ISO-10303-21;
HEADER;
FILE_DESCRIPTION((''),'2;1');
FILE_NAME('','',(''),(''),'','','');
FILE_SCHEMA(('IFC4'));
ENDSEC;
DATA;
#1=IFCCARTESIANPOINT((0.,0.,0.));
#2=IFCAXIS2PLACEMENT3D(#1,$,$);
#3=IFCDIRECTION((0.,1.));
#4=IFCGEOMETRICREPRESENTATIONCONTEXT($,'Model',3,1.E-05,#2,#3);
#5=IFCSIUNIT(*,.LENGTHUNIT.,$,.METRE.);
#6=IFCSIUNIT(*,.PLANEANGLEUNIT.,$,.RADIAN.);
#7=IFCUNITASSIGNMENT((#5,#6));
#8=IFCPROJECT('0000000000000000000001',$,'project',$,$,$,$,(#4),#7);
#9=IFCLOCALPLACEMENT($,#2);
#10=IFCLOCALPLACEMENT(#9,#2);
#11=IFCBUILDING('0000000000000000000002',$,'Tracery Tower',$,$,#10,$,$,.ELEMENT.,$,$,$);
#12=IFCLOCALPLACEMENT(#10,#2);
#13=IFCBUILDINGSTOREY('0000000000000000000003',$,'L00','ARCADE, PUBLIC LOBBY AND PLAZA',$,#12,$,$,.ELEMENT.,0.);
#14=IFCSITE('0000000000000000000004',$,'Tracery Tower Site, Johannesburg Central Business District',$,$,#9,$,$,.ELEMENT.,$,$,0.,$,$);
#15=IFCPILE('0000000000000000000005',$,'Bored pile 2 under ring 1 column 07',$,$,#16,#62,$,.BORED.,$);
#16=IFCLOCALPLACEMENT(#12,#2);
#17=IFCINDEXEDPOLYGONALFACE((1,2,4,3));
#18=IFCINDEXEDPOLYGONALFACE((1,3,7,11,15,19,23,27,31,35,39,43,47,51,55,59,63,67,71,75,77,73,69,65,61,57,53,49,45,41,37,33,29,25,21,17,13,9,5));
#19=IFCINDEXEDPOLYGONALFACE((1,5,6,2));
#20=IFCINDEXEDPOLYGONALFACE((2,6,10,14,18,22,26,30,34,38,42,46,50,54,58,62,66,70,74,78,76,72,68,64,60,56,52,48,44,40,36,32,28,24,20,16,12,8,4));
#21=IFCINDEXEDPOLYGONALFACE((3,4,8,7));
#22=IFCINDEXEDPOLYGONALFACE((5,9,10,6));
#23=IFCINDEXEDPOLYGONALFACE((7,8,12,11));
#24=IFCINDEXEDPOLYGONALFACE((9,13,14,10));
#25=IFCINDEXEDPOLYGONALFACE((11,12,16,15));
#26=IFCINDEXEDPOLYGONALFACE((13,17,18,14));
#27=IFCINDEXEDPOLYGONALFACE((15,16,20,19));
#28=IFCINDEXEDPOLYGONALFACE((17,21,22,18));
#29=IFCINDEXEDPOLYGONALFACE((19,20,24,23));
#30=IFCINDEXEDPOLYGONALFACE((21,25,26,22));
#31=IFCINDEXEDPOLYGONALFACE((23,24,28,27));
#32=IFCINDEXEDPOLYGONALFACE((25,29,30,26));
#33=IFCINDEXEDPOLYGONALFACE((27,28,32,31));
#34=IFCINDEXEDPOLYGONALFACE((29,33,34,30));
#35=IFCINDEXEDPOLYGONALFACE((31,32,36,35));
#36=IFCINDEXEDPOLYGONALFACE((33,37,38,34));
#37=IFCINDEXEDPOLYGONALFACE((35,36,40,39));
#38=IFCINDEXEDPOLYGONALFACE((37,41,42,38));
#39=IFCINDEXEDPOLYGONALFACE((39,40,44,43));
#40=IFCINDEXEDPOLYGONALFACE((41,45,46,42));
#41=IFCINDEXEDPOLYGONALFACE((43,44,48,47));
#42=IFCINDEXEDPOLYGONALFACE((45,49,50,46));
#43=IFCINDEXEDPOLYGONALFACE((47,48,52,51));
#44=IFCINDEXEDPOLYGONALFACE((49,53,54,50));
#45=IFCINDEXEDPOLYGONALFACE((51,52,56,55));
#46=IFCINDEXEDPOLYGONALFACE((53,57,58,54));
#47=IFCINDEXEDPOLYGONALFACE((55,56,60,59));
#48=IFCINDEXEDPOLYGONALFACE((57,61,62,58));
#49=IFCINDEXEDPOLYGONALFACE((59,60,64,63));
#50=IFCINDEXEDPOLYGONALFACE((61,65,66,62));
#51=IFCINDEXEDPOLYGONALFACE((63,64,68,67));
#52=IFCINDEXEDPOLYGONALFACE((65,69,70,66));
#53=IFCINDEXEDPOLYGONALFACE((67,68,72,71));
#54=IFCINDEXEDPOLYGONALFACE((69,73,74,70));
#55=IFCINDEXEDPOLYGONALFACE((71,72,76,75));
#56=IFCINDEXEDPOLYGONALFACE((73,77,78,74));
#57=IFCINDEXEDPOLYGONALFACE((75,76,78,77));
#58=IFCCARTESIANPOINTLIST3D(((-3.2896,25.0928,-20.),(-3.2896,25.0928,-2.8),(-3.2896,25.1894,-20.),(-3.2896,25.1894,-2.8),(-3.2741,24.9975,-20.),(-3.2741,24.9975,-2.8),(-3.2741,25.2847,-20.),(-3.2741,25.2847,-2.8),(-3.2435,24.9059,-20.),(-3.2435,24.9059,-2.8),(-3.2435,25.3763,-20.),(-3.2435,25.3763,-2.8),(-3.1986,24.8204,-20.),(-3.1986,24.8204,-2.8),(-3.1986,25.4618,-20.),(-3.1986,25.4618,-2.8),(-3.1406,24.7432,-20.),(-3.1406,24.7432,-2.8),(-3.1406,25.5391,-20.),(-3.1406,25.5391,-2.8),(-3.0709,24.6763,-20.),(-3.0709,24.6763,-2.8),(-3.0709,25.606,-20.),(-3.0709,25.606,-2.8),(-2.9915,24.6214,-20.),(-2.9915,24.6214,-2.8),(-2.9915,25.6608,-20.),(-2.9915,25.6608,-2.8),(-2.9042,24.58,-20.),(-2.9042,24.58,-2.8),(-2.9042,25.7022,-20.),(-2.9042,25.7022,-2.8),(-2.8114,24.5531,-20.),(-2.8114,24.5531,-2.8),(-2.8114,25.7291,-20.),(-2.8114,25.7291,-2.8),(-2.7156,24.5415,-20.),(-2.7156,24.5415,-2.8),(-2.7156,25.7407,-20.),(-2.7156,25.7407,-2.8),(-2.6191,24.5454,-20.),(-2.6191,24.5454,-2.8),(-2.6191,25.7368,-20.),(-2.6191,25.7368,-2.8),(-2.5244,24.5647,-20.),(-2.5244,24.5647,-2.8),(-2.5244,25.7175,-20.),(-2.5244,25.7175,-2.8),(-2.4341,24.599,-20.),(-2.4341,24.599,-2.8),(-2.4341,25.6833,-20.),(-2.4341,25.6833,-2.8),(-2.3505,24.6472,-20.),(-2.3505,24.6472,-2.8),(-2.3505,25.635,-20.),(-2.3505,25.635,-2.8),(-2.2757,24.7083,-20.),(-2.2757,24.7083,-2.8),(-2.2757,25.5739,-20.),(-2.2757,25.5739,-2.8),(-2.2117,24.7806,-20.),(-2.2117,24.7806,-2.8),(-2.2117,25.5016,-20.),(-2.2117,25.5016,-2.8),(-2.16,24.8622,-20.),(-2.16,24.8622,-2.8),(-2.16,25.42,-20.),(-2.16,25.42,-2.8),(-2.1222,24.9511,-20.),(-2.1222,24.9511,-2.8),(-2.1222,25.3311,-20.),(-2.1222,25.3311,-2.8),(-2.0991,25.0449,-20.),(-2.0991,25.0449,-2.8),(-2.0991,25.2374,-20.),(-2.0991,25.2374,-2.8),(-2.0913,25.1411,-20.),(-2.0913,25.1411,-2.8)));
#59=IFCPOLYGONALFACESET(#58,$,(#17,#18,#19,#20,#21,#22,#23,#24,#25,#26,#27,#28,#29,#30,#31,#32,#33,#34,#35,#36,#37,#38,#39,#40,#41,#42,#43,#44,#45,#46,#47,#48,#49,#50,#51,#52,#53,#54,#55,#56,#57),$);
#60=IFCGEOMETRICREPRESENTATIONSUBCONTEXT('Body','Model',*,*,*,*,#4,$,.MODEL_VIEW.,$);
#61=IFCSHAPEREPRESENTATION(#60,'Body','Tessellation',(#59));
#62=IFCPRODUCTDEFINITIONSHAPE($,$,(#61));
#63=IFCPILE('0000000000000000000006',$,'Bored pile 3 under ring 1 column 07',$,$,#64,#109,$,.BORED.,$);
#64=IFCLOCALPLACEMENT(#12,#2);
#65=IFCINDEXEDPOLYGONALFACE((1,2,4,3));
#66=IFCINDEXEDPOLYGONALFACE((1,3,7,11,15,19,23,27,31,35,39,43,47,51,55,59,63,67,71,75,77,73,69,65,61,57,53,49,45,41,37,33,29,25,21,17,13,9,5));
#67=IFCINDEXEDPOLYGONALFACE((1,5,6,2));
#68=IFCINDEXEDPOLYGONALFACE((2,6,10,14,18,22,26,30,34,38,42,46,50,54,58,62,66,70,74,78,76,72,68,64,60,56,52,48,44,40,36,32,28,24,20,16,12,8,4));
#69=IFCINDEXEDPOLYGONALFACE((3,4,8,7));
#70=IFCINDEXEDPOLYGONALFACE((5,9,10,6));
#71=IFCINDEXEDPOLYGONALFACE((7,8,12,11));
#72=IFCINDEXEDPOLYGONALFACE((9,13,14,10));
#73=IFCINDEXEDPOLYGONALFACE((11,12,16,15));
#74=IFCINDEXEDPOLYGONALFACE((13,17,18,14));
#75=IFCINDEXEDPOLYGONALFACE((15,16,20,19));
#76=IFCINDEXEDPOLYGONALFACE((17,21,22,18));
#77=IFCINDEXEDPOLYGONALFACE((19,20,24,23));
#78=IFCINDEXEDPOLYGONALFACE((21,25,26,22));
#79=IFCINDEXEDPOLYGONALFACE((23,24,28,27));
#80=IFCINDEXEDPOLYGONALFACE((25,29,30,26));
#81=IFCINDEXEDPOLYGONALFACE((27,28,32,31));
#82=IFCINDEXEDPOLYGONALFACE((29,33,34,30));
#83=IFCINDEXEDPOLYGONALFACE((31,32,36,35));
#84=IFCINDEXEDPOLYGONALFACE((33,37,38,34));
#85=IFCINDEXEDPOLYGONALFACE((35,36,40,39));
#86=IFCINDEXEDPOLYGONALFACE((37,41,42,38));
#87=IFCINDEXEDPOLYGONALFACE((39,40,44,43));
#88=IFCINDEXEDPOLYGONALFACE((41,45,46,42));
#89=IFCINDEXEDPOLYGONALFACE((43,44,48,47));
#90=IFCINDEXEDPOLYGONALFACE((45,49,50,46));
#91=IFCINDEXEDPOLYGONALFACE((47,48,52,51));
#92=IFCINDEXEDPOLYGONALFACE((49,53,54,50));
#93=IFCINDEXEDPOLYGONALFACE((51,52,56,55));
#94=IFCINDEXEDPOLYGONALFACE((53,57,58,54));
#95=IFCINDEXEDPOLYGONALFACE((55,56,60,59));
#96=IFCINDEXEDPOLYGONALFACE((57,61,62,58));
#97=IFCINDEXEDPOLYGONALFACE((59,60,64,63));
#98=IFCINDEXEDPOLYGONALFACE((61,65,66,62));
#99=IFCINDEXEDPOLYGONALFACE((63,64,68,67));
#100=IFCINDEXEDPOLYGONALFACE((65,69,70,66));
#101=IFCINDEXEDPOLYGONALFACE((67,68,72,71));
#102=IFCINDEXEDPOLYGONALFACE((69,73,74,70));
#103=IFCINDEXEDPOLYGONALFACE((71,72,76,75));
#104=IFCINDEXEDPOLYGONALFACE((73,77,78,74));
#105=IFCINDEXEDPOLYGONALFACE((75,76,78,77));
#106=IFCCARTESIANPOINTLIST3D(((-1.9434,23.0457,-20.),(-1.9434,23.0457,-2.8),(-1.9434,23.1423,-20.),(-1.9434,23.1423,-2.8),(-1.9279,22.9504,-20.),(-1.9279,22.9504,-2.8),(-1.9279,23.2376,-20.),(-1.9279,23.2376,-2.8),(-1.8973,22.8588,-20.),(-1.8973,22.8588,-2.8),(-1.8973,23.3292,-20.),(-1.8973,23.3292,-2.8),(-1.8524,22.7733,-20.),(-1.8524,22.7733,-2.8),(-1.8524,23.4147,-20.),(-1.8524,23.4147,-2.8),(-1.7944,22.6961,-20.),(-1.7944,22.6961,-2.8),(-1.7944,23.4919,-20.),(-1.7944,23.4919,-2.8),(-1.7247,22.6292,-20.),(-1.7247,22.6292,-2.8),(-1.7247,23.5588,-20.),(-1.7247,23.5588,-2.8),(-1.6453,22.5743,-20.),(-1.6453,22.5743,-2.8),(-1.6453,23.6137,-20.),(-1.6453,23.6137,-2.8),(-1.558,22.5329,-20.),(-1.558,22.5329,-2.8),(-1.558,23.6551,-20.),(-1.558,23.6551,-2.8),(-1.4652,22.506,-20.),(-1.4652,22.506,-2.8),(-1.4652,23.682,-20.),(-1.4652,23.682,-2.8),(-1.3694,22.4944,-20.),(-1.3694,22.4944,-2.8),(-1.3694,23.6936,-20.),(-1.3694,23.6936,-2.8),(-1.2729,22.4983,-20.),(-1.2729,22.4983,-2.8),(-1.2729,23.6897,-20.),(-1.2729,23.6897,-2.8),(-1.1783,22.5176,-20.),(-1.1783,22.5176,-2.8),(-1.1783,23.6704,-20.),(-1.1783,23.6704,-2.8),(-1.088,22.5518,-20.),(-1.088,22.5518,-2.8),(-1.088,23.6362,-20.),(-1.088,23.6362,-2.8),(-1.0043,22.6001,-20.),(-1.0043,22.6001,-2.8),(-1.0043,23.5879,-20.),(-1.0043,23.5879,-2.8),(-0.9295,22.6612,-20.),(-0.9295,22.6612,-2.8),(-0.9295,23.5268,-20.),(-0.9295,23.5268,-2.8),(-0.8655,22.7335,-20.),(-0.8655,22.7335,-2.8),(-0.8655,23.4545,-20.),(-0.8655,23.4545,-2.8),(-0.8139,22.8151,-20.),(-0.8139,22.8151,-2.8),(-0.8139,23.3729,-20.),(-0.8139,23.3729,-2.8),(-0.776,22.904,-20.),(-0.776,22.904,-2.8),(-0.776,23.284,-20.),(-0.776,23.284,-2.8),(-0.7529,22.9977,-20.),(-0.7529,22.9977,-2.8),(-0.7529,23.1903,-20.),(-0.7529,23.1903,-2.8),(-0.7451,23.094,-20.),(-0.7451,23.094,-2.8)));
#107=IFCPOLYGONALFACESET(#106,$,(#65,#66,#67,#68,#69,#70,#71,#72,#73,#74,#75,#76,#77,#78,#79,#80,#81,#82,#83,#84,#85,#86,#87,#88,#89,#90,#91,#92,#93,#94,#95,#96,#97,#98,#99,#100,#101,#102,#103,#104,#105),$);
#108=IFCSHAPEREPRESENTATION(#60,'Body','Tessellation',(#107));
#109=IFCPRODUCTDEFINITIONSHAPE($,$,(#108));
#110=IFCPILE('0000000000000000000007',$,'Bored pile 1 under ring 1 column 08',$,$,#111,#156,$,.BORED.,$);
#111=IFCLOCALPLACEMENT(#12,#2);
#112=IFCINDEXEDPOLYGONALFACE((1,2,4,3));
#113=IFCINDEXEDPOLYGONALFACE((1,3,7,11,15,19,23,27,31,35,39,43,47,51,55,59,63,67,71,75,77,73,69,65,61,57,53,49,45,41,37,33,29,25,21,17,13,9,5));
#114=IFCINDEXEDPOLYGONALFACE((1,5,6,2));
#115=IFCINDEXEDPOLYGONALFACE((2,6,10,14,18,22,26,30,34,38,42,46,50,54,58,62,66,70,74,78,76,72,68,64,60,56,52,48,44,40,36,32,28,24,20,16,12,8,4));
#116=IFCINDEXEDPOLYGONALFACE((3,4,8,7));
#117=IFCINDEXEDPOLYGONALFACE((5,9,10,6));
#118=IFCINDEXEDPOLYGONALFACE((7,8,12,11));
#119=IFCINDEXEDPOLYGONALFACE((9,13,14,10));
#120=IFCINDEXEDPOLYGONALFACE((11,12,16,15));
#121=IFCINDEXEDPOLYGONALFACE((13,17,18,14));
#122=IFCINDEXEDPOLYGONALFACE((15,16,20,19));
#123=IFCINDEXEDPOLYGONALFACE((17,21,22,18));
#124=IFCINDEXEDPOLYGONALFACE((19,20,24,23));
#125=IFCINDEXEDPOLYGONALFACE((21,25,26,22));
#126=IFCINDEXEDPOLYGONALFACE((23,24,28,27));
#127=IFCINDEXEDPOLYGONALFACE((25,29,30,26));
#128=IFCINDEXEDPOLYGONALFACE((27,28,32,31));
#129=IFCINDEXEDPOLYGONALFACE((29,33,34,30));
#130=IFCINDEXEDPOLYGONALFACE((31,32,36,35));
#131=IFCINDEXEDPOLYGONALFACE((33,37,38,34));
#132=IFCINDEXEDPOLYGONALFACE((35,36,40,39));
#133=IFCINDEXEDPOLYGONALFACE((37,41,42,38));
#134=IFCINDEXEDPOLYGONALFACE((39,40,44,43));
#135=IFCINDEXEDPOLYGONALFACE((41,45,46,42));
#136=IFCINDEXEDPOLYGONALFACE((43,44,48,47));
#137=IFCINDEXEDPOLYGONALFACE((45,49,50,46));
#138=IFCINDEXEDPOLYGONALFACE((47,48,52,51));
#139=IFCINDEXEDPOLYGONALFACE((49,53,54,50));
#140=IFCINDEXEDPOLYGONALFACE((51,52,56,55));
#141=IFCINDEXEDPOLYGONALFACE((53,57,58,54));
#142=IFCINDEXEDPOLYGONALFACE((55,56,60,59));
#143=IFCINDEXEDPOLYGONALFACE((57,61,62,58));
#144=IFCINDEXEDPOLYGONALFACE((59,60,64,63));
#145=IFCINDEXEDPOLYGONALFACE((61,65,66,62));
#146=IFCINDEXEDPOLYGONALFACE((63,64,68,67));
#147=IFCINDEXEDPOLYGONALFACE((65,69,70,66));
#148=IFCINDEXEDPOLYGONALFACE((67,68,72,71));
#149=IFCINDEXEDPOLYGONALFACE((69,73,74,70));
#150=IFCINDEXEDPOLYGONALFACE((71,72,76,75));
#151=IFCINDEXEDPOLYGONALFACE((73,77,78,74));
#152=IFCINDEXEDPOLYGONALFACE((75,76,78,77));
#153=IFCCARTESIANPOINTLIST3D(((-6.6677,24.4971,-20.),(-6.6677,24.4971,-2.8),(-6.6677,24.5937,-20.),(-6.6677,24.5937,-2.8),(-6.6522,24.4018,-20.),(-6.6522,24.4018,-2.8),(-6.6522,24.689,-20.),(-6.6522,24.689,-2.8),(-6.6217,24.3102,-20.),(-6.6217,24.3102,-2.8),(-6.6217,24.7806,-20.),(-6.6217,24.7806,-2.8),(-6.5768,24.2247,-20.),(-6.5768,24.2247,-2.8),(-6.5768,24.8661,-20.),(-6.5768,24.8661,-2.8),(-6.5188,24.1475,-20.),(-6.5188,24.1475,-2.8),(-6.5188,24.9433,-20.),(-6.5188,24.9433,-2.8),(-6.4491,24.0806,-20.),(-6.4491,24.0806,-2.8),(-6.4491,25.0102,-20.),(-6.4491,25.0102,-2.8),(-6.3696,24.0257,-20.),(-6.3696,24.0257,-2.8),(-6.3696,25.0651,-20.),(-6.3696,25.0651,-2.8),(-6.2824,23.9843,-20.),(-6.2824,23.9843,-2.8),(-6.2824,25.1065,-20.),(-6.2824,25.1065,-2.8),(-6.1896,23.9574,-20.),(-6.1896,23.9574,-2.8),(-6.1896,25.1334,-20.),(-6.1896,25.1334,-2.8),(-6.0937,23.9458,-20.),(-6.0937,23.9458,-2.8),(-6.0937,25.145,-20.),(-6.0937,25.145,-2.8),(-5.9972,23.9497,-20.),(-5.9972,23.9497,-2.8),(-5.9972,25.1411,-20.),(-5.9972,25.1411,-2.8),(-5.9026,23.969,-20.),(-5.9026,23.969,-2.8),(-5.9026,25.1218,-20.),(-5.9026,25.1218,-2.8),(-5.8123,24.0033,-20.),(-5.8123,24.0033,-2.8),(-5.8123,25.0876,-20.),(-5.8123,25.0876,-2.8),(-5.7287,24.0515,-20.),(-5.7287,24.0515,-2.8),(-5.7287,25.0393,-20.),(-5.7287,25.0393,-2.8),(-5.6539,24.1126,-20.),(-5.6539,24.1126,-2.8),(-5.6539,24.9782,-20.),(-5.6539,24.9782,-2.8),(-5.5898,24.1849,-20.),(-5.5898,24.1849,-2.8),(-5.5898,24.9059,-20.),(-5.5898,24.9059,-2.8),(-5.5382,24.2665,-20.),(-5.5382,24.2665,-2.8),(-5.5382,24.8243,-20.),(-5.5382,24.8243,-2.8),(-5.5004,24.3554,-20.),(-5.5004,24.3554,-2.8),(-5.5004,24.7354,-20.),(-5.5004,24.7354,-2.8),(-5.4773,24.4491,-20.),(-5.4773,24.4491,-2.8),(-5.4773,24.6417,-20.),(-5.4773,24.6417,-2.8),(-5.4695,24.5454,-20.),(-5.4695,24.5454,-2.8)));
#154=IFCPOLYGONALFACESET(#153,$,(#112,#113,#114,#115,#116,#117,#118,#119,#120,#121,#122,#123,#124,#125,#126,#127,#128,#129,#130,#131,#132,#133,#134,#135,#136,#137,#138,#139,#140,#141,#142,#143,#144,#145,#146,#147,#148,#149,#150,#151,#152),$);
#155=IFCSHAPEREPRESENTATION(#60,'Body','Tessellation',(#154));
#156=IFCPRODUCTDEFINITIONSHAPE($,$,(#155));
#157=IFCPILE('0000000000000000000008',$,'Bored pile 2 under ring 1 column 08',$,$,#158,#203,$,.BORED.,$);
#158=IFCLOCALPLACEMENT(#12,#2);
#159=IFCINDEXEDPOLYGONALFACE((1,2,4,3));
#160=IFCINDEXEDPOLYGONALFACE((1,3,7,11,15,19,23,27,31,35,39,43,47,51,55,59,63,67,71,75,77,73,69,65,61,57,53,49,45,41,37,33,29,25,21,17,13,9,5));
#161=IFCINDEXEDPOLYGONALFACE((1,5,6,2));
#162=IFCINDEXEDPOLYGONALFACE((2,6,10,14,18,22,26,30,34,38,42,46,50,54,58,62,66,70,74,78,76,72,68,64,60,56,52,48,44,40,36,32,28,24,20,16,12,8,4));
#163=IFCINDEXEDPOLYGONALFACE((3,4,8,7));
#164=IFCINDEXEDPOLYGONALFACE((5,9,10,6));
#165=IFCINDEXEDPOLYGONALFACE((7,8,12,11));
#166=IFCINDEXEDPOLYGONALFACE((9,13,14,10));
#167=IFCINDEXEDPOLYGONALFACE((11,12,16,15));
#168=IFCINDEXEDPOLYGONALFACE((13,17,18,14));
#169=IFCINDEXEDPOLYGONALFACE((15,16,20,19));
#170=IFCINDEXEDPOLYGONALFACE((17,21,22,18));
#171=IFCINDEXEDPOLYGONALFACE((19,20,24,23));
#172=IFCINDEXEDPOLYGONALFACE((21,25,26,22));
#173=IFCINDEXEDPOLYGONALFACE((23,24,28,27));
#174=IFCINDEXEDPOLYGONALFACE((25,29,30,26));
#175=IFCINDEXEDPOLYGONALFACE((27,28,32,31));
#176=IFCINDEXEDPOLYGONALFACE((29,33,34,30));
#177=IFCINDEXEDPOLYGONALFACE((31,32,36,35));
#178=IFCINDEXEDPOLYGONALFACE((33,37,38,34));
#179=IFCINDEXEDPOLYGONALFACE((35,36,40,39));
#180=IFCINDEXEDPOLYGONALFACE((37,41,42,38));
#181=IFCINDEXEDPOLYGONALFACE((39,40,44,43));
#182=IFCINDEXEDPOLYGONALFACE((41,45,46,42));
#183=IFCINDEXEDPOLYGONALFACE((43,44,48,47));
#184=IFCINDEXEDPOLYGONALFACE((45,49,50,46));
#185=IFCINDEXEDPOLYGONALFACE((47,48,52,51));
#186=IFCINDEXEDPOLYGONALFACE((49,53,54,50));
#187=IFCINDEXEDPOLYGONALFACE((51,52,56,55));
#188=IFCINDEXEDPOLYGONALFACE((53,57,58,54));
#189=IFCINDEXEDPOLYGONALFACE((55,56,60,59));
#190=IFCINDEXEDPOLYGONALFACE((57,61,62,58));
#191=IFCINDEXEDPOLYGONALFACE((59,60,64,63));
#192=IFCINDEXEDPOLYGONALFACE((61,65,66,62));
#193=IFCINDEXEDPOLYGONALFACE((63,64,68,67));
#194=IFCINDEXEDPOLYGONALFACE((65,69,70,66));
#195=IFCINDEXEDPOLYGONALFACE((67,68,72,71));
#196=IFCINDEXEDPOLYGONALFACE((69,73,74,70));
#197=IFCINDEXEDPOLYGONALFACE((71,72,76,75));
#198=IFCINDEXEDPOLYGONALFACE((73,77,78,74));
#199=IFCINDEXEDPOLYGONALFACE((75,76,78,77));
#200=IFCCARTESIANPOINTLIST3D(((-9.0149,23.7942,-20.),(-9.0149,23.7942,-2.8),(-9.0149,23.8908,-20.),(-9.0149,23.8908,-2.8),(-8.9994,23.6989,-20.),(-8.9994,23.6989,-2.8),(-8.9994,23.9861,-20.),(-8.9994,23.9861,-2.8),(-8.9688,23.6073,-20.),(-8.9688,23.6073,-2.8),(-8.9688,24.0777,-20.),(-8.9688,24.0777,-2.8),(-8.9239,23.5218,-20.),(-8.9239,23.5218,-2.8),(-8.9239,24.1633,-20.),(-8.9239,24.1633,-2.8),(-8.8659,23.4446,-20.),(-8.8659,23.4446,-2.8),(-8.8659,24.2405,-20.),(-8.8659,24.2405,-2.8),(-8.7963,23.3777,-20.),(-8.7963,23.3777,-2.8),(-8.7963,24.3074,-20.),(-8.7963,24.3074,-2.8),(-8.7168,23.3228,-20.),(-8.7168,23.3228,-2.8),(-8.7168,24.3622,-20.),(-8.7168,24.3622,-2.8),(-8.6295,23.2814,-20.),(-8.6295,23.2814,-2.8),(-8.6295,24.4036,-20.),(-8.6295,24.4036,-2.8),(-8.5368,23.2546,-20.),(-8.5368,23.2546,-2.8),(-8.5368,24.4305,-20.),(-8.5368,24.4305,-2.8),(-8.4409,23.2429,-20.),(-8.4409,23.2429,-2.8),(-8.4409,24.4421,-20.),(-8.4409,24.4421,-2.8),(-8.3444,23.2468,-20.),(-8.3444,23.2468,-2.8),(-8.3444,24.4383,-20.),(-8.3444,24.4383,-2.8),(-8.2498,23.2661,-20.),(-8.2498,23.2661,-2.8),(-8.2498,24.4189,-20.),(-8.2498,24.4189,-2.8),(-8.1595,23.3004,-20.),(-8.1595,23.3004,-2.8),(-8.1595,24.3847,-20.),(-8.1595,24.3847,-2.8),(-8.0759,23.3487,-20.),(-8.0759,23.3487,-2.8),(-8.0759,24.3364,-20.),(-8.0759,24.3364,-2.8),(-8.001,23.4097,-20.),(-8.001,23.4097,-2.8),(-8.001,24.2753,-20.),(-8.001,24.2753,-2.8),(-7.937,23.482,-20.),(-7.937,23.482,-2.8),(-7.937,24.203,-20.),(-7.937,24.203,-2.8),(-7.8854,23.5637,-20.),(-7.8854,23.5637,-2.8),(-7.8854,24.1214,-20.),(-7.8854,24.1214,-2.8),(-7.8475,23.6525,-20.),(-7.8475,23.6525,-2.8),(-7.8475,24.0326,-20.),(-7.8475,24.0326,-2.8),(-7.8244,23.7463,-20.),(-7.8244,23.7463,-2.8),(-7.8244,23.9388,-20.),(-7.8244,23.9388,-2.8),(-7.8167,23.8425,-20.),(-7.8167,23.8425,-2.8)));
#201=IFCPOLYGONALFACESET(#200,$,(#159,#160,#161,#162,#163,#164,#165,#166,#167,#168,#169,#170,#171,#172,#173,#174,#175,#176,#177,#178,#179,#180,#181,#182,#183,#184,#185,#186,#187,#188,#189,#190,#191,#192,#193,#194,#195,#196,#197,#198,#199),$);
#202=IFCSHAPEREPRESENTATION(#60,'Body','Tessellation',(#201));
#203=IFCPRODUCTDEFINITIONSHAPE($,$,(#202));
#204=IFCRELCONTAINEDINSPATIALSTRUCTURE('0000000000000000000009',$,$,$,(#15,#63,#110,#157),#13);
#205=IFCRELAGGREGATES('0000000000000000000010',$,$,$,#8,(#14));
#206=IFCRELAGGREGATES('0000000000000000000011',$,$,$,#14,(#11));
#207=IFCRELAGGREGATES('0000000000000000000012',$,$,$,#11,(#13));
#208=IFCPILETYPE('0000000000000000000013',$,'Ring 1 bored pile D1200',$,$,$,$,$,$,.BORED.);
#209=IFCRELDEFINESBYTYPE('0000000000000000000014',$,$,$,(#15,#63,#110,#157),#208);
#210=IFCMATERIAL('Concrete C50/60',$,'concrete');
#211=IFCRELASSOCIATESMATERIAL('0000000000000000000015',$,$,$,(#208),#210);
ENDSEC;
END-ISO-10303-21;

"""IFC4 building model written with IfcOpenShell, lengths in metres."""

from ifc_helpers import new_model, si_unit, direction, frame, origin, origin_2d, place, context, subcontext, project, spatial, circle, extrude, material, material_profile, profile_set, type_object, element, save


model = new_model("IFC4")

# Units and contexts
model_context = context("Model", 3, precision=1e-05, world=origin(), true_north=direction((0.0, 1.0)))
body_context = subcontext(model_context, "Body", "Model", "MODEL_VIEW")
ifc_project = project(units=[si_unit("LENGTHUNIT", "METRE"), si_unit("PLANEANGLEUNIT", "RADIAN")], contexts=[model_context])

# Site, building, storey
site_placement = place(None, origin())
site = spatial("IfcSite", under=ifc_project, at=site_placement, Name="Tracery Tower Site, Johannesburg Central Business District", CompositionType="ELEMENT", RefElevation=0.0)
building_placement = place(site_placement, origin())
building = spatial("IfcBuilding", under=site, at=building_placement, Name="Tracery Tower", CompositionType="ELEMENT")
storey_placement = place(building_placement, origin())
storey = spatial("IfcBuildingStorey", under=building, at=storey_placement, Name="L00", Description="ARCADE, PUBLIC LOBBY AND PLAZA", CompositionType="ELEMENT", Elevation=0.0)

# Piles
ifc_material_1 = material(Name="Concrete C50/60", Category="concrete")
ifc_material_profile_1 = material_profile(ifc_material_1, circle(Radius=0.6001, at=origin_2d()), Name="RC D1200")
ifc_profile_set_1 = profile_set([ifc_material_profile_1], Name="Concrete C50/60")
pile_type_1 = type_object("IfcPileType", Name="Ring 1 bored pile D1200", PredefinedType="BORED", material=ifc_profile_set_1)
for number, where, z_axis, x_axis, name in (
    (1, (-2.6914, 25.1411, -2.8), (0.0, 0.0, -1.0), (1.0, 0.0, 0.0), "Bored pile 2 under ring 1 column 07"),
    (2, (-1.3452, 23.094, -2.8), (0.0, 0.0, -1.0), (1.0, 0.0, 0.0), "Bored pile 3 under ring 1 column 07"),
    (3, (-6.0696, 24.5454, -2.8), (0.0, 0.0, -1.0), (1.0, 0.0, 0.0), "Bored pile 1 under ring 1 column 08"),
    (4, (-8.4167, 23.8425, -2.8), (0.0, 0.0, -1.0), (1.0, 0.0, 0.0), "Bored pile 2 under ring 1 column 08"),
):
    element("IfcPile", number, at=place(storey_placement, frame(where, z_axis=z_axis, x_axis=x_axis)), inside=storey, type_object=pile_type_1, Name=name, PredefinedType="BORED", context=body_context, shape_type="SweptSolid", body=[
        extrude(circle(Radius=0.6001, at=origin_2d()), origin(), (0.0, 0.0, 1.0), 17.2),
    ])

save(model, "model.ifc")
